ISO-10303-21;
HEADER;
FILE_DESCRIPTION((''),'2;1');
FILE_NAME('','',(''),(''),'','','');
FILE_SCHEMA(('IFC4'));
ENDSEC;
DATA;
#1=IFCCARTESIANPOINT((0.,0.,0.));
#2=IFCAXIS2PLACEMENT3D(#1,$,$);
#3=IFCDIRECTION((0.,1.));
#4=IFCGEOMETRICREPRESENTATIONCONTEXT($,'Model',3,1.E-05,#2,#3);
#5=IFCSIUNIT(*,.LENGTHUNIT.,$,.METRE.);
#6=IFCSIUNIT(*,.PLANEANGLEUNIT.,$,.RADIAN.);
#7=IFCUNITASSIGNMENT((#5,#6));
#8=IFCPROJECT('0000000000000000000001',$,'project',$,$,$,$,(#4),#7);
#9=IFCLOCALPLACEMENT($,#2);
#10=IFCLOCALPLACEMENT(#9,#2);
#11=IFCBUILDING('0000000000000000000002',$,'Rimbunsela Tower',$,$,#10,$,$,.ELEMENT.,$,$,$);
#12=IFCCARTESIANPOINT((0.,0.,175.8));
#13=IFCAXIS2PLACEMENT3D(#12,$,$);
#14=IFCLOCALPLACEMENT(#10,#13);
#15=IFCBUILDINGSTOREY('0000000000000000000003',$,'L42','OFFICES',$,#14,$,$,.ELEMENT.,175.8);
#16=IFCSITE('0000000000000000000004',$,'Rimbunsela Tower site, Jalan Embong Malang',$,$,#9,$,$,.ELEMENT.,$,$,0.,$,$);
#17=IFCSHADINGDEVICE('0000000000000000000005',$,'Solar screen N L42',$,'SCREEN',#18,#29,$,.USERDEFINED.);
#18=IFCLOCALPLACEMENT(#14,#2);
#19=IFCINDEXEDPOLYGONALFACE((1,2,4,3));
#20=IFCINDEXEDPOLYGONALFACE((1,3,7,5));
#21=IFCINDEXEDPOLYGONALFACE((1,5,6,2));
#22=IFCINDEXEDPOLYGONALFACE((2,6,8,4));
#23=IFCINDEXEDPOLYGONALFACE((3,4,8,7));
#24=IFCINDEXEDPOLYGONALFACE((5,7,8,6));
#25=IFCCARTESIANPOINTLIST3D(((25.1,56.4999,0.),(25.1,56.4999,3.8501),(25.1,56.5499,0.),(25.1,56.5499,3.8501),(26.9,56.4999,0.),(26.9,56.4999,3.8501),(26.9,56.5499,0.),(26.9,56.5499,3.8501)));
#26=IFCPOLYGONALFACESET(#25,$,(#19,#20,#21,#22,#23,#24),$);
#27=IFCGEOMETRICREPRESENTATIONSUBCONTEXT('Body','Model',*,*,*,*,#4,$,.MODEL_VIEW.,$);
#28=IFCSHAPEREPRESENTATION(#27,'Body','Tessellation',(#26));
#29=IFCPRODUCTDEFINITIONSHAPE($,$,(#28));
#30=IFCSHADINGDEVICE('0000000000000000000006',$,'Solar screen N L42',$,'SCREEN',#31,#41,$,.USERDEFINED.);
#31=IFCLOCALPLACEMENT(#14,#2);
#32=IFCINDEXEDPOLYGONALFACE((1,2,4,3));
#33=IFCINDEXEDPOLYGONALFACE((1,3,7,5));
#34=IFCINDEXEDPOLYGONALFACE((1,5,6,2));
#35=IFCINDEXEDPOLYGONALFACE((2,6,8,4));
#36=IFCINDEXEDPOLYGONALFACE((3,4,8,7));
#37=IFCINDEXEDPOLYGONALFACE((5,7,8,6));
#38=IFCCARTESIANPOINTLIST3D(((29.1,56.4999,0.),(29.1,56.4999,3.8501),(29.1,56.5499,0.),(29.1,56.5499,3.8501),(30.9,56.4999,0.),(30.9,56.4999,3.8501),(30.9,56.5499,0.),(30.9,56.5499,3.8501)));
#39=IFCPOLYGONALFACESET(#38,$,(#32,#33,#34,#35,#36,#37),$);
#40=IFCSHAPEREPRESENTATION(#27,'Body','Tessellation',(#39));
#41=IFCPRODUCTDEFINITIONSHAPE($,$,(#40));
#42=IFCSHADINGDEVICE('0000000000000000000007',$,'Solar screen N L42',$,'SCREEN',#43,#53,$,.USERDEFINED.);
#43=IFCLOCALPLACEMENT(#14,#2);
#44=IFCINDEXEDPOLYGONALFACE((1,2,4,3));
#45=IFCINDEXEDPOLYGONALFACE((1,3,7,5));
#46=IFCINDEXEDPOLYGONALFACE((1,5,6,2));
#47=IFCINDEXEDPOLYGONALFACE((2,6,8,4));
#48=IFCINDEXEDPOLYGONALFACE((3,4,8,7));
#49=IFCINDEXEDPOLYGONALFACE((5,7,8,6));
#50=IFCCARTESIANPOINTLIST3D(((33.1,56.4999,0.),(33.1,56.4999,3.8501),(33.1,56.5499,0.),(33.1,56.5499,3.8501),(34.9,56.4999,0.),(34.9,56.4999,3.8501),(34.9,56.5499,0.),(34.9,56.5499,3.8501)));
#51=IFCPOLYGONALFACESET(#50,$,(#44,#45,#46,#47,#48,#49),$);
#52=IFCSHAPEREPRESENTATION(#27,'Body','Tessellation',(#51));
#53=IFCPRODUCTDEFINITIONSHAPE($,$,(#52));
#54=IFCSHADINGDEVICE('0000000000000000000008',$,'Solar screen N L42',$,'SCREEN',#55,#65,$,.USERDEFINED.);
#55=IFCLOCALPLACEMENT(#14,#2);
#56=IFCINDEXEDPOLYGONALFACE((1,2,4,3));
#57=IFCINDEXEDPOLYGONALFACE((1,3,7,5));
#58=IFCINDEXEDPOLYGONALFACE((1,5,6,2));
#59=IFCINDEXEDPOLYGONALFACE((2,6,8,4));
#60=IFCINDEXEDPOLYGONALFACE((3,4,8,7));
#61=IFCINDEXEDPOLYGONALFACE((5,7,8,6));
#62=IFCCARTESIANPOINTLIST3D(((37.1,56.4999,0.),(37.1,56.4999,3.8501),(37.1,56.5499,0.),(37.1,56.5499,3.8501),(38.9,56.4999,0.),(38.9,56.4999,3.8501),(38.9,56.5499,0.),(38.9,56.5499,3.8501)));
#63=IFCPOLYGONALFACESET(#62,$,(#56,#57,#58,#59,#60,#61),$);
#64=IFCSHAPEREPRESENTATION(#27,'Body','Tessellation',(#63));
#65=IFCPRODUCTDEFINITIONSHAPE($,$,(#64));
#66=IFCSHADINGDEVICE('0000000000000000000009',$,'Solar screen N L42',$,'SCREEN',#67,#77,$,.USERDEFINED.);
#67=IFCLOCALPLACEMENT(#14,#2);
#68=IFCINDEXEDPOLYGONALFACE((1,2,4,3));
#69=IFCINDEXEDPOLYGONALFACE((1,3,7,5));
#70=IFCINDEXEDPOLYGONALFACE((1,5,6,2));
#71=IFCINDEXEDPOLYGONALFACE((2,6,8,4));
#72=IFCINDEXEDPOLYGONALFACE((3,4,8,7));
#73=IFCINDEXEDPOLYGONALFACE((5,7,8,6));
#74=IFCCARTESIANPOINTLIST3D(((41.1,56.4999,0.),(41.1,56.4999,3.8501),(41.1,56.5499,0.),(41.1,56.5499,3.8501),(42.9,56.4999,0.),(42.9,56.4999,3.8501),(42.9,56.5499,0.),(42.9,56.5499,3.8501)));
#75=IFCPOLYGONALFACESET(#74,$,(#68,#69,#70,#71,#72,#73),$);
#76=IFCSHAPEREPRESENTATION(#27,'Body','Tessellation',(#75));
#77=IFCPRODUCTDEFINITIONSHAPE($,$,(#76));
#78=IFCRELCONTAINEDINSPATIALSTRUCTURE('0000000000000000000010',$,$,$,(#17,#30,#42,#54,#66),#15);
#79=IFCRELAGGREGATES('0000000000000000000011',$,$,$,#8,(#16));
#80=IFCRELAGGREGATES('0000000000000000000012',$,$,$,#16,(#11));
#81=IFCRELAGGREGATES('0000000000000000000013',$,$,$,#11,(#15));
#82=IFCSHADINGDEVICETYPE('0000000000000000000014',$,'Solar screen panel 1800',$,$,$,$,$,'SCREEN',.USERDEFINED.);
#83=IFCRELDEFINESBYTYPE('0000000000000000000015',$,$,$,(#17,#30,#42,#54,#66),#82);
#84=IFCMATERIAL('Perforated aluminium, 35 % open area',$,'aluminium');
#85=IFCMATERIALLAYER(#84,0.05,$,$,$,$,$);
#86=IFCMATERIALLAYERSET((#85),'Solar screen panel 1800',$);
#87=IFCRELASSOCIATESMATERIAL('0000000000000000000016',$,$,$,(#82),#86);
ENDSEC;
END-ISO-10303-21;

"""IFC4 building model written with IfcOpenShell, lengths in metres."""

from ifc_helpers import new_model, si_unit, direction, frame, origin, origin_2d, place, context, subcontext, project, spatial, rectangle, extrude, material, layer, layer_set, type_object, element, save


model = new_model("IFC4")

# Units and contexts
model_context = context("Model", 3, precision=1e-05, world=origin(), true_north=direction((0.0, 1.0)))
body_context = subcontext(model_context, "Body", "Model", "MODEL_VIEW")
ifc_project = project(units=[si_unit("LENGTHUNIT", "METRE"), si_unit("PLANEANGLEUNIT", "RADIAN")], contexts=[model_context])

# Site, building, storey
site_placement = place(None, origin())
site = spatial("IfcSite", under=ifc_project, at=site_placement, Name="Rimbunsela Tower site, Jalan Embong Malang", CompositionType="ELEMENT", RefElevation=0.0)
building_placement = place(site_placement, origin())
building = spatial("IfcBuilding", under=site, at=building_placement, Name="Rimbunsela Tower", CompositionType="ELEMENT")
storey_placement = place(building_placement, frame((0.0, 0.0, 175.8)))
storey = spatial("IfcBuildingStorey", under=building, at=storey_placement, Name="L42", Description="OFFICES", CompositionType="ELEMENT", Elevation=175.8)

# Shading devices
ifc_material_1 = material(Name="Perforated aluminium, 35 % open area", Category="aluminium")
ifc_layer_1 = layer(ifc_material_1, 0.05)
ifc_layer_set_1 = layer_set([ifc_layer_1], Name="Solar screen panel 1800")
shading_device_type = type_object("IfcShadingDeviceType", Name="Solar screen panel 1800", ElementType="SCREEN", PredefinedType="USERDEFINED", material=ifc_layer_set_1)
for number, where, z_axis, x_axis, name in (
    (1, (26.0, 56.5249, 0.0), (0.0, 0.0, 1.0), (1.0, 0.0, 0.0), "Solar screen N L42"),
    (2, (30.0, 56.5249, 0.0), (0.0, 0.0, 1.0), (1.0, 0.0, 0.0), "Solar screen N L42"),
    (3, (34.0, 56.5249, 0.0), (0.0, 0.0, 1.0), (1.0, 0.0, 0.0), "Solar screen N L42"),
    (4, (38.0, 56.5249, 0.0), (0.0, 0.0, 1.0), (1.0, 0.0, 0.0), "Solar screen N L42"),
    (5, (42.0, 56.5249, 0.0), (0.0, 0.0, 1.0), (1.0, 0.0, 0.0), "Solar screen N L42"),
):
    element("IfcShadingDevice", number, at=place(storey_placement, frame(where, z_axis=z_axis, x_axis=x_axis)), inside=storey, type_object=shading_device_type, Name=name, ObjectType="SCREEN", PredefinedType="USERDEFINED", context=body_context, shape_type="SweptSolid", body=[
        extrude(rectangle(XDim=1.8, YDim=0.05, at=origin_2d()), origin(), (0.0, 0.0, 1.0), 3.8501),
    ])

save(model, "model.ifc")
